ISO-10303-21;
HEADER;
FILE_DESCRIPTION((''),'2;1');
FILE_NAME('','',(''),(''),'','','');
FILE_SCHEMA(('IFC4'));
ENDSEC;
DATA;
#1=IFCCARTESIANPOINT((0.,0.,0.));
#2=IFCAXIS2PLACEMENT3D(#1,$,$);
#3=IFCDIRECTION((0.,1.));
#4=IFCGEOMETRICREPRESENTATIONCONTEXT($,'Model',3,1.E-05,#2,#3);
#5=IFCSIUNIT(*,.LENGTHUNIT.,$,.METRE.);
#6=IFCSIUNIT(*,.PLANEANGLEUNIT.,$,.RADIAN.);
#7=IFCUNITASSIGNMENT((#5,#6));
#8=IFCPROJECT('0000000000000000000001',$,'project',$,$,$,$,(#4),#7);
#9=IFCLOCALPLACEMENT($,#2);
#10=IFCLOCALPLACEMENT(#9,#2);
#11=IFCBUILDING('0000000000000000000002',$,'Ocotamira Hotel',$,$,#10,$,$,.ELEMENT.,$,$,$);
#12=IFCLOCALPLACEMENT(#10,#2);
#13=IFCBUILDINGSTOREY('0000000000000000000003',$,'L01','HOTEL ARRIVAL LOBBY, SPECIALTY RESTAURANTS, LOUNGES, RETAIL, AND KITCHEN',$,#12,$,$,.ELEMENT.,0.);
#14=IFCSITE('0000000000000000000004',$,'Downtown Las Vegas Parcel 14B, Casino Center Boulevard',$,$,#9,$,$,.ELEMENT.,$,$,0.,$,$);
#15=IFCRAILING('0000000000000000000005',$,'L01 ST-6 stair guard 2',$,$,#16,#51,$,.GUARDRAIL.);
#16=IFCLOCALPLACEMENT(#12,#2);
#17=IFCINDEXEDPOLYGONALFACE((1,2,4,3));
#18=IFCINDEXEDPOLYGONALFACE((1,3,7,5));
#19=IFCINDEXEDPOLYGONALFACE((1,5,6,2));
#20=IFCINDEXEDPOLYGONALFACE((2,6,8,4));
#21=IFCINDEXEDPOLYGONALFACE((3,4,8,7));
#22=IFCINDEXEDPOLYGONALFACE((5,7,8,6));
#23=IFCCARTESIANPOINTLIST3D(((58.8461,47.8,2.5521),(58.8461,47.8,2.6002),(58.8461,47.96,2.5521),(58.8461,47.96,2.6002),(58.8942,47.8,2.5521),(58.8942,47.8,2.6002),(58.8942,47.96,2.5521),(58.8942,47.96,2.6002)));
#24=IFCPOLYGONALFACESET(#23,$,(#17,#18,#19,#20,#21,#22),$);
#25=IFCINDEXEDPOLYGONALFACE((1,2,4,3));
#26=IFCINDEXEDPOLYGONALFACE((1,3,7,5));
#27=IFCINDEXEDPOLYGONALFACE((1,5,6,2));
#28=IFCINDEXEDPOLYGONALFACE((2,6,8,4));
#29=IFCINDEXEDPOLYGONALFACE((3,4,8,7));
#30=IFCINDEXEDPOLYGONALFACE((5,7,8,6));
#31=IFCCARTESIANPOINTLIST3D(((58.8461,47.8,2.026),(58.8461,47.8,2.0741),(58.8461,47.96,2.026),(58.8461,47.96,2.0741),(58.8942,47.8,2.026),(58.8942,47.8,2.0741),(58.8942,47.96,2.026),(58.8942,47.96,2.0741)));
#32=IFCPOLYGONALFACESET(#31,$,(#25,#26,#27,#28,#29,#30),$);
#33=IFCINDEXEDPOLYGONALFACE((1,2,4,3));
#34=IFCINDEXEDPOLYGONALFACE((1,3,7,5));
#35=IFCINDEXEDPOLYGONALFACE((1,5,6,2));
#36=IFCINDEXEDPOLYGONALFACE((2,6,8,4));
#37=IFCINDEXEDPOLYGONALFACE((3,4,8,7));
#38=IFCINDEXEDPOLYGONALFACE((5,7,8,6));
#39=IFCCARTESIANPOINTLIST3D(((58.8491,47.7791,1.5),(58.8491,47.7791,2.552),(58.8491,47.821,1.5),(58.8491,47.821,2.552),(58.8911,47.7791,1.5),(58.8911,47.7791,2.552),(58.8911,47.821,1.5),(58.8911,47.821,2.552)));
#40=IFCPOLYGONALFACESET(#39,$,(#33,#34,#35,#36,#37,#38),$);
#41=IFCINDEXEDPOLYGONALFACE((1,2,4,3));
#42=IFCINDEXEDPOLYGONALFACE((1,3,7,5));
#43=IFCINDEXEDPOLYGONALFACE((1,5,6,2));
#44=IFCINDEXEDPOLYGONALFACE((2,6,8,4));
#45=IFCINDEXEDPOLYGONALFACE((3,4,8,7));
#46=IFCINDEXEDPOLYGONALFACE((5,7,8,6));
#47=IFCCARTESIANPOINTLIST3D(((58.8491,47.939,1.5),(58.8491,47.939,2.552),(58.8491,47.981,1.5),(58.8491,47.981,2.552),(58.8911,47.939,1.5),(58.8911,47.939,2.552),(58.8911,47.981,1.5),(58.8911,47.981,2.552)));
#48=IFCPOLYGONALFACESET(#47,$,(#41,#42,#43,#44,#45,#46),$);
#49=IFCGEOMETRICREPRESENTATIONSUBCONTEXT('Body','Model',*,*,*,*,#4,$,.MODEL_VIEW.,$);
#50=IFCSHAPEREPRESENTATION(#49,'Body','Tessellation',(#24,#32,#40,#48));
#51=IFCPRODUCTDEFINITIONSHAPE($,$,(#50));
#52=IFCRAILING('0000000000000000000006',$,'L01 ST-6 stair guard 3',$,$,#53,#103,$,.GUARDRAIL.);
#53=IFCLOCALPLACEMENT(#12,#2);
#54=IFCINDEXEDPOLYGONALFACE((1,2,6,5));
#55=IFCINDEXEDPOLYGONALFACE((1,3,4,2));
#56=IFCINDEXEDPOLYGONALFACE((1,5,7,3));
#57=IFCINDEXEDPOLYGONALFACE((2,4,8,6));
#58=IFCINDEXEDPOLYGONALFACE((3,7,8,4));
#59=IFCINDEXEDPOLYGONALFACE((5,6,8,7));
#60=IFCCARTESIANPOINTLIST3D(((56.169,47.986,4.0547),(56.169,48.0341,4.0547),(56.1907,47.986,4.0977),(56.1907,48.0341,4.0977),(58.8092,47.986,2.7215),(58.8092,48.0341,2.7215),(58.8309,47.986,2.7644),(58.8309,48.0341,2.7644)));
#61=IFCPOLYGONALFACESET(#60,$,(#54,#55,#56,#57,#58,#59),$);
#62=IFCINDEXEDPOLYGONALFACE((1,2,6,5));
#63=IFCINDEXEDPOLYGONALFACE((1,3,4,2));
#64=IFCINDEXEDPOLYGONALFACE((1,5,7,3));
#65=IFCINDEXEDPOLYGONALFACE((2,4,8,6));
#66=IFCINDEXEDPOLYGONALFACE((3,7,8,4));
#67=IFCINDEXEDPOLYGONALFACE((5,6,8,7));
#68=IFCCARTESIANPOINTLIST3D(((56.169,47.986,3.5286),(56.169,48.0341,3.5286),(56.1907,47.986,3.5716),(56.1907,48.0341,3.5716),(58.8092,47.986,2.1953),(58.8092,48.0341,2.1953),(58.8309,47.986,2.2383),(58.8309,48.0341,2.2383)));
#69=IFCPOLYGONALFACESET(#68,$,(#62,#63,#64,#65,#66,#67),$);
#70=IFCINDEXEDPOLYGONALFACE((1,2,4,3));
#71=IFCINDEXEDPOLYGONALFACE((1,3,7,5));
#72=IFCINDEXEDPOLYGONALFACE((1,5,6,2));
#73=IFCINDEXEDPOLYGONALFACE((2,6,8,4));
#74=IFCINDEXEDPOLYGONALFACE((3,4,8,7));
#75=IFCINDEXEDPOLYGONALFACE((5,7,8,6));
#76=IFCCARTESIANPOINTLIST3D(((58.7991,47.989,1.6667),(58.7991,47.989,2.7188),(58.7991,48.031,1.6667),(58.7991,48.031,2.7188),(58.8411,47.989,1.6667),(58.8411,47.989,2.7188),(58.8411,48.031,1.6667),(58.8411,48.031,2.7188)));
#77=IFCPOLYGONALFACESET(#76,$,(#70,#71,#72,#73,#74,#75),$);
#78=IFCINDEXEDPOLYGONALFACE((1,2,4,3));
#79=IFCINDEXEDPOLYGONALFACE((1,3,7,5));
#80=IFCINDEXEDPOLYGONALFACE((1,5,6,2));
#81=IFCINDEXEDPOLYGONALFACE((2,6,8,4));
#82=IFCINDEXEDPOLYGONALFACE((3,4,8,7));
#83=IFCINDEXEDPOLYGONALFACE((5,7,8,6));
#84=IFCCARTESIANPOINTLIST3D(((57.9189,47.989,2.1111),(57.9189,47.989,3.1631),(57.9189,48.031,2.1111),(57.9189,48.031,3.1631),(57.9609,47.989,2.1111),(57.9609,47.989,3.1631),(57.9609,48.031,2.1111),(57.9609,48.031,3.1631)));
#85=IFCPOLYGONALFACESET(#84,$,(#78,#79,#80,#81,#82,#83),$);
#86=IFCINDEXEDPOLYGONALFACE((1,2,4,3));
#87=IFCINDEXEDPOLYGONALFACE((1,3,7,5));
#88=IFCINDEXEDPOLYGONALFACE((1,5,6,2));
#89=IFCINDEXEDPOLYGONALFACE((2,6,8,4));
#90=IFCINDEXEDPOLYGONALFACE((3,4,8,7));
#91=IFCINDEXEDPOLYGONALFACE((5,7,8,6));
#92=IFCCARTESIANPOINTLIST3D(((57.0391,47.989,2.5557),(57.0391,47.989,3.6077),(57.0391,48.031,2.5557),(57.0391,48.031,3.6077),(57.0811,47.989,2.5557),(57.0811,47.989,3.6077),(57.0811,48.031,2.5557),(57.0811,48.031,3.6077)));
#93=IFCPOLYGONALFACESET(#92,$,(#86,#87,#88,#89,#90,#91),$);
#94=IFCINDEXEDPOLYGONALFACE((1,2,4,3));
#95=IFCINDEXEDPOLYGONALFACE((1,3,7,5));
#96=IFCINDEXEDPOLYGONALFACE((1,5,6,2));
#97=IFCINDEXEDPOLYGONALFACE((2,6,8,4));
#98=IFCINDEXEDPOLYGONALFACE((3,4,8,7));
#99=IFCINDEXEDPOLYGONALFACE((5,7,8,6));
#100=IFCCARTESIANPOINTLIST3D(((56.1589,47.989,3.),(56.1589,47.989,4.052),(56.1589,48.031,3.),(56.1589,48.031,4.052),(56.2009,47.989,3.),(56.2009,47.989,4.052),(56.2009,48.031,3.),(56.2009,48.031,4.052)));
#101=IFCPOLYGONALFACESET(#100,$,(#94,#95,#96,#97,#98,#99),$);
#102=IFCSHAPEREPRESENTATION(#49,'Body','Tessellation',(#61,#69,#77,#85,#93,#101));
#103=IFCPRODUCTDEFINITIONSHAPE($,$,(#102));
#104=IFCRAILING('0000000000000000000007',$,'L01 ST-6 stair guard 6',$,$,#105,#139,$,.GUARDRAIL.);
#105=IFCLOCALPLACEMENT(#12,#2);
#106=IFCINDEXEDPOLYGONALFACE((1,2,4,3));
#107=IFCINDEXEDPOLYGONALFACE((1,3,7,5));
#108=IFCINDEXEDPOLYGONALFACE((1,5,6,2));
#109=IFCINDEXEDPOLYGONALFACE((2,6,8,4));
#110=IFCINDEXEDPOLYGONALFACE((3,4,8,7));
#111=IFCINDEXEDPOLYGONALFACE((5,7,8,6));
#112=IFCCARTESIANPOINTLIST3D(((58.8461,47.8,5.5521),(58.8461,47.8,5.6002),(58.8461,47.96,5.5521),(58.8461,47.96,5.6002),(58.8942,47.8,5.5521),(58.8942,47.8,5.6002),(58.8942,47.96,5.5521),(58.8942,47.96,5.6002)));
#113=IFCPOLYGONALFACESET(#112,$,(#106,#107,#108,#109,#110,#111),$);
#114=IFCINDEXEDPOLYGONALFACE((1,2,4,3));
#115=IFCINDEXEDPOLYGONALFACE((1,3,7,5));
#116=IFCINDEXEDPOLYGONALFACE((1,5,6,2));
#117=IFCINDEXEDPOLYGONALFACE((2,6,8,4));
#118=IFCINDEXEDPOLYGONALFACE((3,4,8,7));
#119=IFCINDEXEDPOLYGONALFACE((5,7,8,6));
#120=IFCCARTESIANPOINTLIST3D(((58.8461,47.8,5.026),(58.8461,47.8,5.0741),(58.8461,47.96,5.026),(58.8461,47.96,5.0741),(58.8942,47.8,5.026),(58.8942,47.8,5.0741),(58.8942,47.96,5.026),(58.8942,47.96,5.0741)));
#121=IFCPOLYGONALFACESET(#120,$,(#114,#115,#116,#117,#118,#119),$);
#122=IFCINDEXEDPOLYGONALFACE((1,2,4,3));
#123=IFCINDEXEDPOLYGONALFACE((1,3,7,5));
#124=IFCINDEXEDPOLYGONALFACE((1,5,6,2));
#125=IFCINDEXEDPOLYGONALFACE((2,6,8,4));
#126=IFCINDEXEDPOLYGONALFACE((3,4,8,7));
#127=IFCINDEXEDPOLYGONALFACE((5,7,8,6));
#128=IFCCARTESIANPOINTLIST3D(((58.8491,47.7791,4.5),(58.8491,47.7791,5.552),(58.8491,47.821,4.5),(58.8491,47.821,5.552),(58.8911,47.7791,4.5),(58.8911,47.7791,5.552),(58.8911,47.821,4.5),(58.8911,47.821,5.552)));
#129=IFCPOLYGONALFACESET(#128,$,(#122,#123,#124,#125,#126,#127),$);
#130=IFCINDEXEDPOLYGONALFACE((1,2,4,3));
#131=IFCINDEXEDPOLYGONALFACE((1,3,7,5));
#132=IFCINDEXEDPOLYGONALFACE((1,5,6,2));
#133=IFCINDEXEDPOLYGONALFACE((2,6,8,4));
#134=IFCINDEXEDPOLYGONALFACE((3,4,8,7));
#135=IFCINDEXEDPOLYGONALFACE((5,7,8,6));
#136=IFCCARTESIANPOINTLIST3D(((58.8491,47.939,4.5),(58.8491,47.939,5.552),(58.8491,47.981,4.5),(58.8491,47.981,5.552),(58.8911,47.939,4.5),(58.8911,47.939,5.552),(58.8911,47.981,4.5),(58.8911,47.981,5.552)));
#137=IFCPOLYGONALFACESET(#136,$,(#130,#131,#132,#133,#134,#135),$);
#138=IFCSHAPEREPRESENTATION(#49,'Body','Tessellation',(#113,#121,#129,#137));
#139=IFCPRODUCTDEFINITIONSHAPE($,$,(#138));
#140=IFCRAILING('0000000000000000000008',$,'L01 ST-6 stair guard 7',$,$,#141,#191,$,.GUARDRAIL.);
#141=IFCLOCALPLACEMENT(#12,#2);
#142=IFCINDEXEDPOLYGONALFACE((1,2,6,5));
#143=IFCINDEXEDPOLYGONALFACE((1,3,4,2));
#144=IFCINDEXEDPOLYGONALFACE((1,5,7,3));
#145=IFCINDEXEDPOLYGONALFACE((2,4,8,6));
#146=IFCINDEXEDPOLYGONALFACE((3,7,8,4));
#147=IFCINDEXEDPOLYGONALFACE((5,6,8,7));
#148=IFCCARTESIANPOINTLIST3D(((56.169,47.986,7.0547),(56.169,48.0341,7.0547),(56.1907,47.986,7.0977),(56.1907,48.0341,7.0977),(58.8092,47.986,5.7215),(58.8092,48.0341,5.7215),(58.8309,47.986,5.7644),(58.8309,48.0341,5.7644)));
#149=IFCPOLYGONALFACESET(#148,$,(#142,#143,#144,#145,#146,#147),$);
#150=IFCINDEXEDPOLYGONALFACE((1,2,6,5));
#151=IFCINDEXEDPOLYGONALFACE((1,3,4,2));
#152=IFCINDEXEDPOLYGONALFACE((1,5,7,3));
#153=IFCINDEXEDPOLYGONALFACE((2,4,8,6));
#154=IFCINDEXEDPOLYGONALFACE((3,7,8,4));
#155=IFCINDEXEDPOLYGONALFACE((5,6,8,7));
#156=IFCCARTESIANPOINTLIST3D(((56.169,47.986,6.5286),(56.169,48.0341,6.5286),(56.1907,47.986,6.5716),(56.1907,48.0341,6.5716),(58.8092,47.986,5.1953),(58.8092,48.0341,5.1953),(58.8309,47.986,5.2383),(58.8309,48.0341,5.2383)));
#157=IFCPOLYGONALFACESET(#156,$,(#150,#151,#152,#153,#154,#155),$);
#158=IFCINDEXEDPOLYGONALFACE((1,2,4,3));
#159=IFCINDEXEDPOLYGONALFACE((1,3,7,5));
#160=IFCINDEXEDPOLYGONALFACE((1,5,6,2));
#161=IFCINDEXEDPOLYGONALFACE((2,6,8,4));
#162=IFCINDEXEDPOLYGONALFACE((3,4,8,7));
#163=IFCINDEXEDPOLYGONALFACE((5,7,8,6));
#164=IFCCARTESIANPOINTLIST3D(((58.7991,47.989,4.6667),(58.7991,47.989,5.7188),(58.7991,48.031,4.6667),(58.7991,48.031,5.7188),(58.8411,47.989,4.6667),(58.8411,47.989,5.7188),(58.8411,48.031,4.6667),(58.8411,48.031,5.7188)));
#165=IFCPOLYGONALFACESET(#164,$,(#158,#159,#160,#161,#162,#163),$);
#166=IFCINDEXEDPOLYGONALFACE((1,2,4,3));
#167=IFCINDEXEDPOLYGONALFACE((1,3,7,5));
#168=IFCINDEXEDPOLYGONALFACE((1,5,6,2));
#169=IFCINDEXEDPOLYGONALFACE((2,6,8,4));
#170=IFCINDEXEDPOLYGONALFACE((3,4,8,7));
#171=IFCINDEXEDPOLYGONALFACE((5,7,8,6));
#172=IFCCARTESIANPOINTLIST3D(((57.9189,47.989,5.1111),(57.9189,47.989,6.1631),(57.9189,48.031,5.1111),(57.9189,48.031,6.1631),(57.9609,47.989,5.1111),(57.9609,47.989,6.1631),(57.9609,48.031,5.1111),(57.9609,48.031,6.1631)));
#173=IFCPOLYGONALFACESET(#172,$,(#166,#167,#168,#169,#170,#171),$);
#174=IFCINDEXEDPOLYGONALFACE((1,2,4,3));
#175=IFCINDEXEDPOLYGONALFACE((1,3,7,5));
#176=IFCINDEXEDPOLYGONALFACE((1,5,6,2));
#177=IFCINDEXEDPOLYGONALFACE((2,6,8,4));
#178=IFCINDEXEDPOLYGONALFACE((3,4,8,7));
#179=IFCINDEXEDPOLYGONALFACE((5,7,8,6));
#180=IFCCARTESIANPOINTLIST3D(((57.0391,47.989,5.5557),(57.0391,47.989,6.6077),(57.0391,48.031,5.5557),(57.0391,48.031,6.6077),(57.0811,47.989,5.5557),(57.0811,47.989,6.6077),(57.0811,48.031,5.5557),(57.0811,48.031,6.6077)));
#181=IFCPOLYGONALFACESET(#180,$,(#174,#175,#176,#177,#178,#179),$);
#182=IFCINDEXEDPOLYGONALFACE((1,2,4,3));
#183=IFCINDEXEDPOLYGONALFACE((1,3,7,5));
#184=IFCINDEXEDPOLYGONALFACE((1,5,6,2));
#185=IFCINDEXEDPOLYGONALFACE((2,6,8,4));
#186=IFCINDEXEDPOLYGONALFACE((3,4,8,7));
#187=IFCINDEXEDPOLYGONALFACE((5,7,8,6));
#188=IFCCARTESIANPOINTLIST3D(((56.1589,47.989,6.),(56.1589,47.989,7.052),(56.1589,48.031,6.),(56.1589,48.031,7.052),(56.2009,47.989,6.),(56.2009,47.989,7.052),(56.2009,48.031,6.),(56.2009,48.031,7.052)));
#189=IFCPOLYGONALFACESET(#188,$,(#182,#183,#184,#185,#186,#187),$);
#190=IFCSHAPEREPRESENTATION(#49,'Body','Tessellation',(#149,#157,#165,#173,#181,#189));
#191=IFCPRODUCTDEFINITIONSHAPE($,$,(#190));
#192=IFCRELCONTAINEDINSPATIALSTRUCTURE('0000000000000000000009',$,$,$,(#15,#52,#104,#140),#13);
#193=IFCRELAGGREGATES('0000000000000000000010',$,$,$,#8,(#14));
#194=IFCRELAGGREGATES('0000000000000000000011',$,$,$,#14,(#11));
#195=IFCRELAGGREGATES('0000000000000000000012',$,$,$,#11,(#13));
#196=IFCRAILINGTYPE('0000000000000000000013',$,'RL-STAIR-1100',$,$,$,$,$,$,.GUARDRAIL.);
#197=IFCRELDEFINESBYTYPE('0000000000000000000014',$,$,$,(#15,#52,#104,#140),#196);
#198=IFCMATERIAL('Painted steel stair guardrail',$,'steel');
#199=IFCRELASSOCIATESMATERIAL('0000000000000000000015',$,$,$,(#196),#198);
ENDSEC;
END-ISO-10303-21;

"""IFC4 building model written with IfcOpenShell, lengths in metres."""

from ifc_helpers import new_model, si_unit, direction, frame, origin, origin_2d, place, context, subcontext, project, spatial, rectangle, extrude, material, type_object, element, save


model = new_model("IFC4")

# Units and contexts
model_context = context("Model", 3, precision=1e-05, world=origin(), true_north=direction((0.0, 1.0)))
body_context = subcontext(model_context, "Body", "Model", "MODEL_VIEW")
ifc_project = project(units=[si_unit("LENGTHUNIT", "METRE"), si_unit("PLANEANGLEUNIT", "RADIAN")], contexts=[model_context])

# Site, building, storey
site_placement = place(None, origin())
site = spatial("IfcSite", under=ifc_project, at=site_placement, Name="Downtown Las Vegas Parcel 14B, Casino Center Boulevard", CompositionType="ELEMENT", RefElevation=0.0)
building_placement = place(site_placement, origin())
building = spatial("IfcBuilding", under=site, at=building_placement, Name="Ocotamira Hotel", CompositionType="ELEMENT")
storey_placement = place(building_placement, origin())
storey = spatial("IfcBuildingStorey", under=building, at=storey_placement, Name="L01", Description="HOTEL ARRIVAL LOBBY, SPECIALTY RESTAURANTS, LOUNGES, RETAIL, AND KITCHEN", CompositionType="ELEMENT", Elevation=0.0)

# Railings
ifc_material_1 = material(Name="Painted steel stair guardrail", Category="steel")
railing_type_1 = type_object("IfcRailingType", Name="RL-STAIR-1100", PredefinedType="GUARDRAIL", material=ifc_material_1)
railing_1_placement = place(storey_placement, frame((58.8701, 47.8, 1.5)))
element("IfcRailing", 1, at=railing_1_placement, inside=storey, type_object=railing_type_1, Name="L01 ST-6 stair guard 2", PredefinedType="GUARDRAIL", context=body_context, shape_type="SweptSolid", body=[
    extrude(rectangle(XDim=0.0481, YDim=0.0481, at=origin_2d()), frame((0.0, 0.0, 1.0762), z_axis=(0.0, 1.0, 0.0), x_axis=(-1.0, 0.0, 0.0)), (0.0, 0.0, 1.0), 0.1599),
    extrude(rectangle(XDim=0.0481, YDim=0.0481, at=origin_2d()), frame((0.0, 0.0, 0.55), z_axis=(0.0, 1.0, 0.0), x_axis=(-1.0, 0.0, 0.0)), (0.0, 0.0, 1.0), 0.1599),
    extrude(rectangle(XDim=0.042, YDim=0.042, at=origin_2d()), origin(), (0.0, 0.0, 1.0), 1.052),
    extrude(rectangle(XDim=0.042, YDim=0.042, at=origin_2d()), frame((0.0, 0.1599, 0.0)), (0.0, 0.0, 1.0), 1.052),
])
railing_2_placement = place(storey_placement, frame((58.8201, 48.01, 1.6667)))
element("IfcRailing", 2, at=railing_2_placement, inside=storey, type_object=railing_type_1, Name="L01 ST-6 stair guard 3", PredefinedType="GUARDRAIL", context=body_context, shape_type="SweptSolid", body=[
    extrude(rectangle(XDim=0.0481, YDim=0.0481, at=origin_2d()), frame((0.0, 0.0, 1.0762), z_axis=(-0.892637, 0.0, 0.450776), x_axis=(0.0, -1.0, 0.0)), (0.0, 0.0, 1.0), 2.9578),
    extrude(rectangle(XDim=0.0481, YDim=0.0481, at=origin_2d()), frame((0.0, 0.0, 0.55), z_axis=(-0.892637, 0.0, 0.450776), x_axis=(0.0, -1.0, 0.0)), (0.0, 0.0, 1.0), 2.9578),
    extrude(rectangle(XDim=0.042, YDim=0.042, at=origin_2d()), origin(), (0.0, 0.0, 1.0), 1.052),
    extrude(rectangle(XDim=0.042, YDim=0.042, at=origin_2d()), frame((-0.8801, 0.0, 0.4443)), (0.0, 0.0, 1.0), 1.052),
    extrude(rectangle(XDim=0.042, YDim=0.042, at=origin_2d()), frame((-1.76, 0.0, 0.8889)), (0.0, 0.0, 1.0), 1.052),
    extrude(rectangle(XDim=0.042, YDim=0.042, at=origin_2d()), frame((-2.6401, 0.0, 1.3333)), (0.0, 0.0, 1.0), 1.052),
])
railing_3_placement = place(storey_placement, frame((58.8701, 47.8, 4.5)))
element("IfcRailing", 3, at=railing_3_placement, inside=storey, type_object=railing_type_1, Name="L01 ST-6 stair guard 6", PredefinedType="GUARDRAIL", context=body_context, shape_type="SweptSolid", body=[
    extrude(rectangle(XDim=0.0481, YDim=0.0481, at=origin_2d()), frame((0.0, 0.0, 1.0762), z_axis=(0.0, 1.0, 0.0), x_axis=(-1.0, 0.0, 0.0)), (0.0, 0.0, 1.0), 0.1599),
    extrude(rectangle(XDim=0.0481, YDim=0.0481, at=origin_2d()), frame((0.0, 0.0, 0.55), z_axis=(0.0, 1.0, 0.0), x_axis=(-1.0, 0.0, 0.0)), (0.0, 0.0, 1.0), 0.1599),
    extrude(rectangle(XDim=0.042, YDim=0.042, at=origin_2d()), origin(), (0.0, 0.0, 1.0), 1.052),
    extrude(rectangle(XDim=0.042, YDim=0.042, at=origin_2d()), frame((0.0, 0.1599, 0.0)), (0.0, 0.0, 1.0), 1.052),
])
railing_4_placement = place(storey_placement, frame((58.8201, 48.01, 4.6667)))
element("IfcRailing", 4, at=railing_4_placement, inside=storey, type_object=railing_type_1, Name="L01 ST-6 stair guard 7", PredefinedType="GUARDRAIL", context=body_context, shape_type="SweptSolid", body=[
    extrude(rectangle(XDim=0.0481, YDim=0.0481, at=origin_2d()), frame((0.0, 0.0, 1.0762), z_axis=(-0.892637, 0.0, 0.450776), x_axis=(0.0, -1.0, 0.0)), (0.0, 0.0, 1.0), 2.9578),
    extrude(rectangle(XDim=0.0481, YDim=0.0481, at=origin_2d()), frame((0.0, 0.0, 0.55), z_axis=(-0.892637, 0.0, 0.450776), x_axis=(0.0, -1.0, 0.0)), (0.0, 0.0, 1.0), 2.9578),
    extrude(rectangle(XDim=0.042, YDim=0.042, at=origin_2d()), origin(), (0.0, 0.0, 1.0), 1.052),
    extrude(rectangle(XDim=0.042, YDim=0.042, at=origin_2d()), frame((-0.8801, 0.0, 0.4443)), (0.0, 0.0, 1.0), 1.052),
    extrude(rectangle(XDim=0.042, YDim=0.042, at=origin_2d()), frame((-1.76, 0.0, 0.8889)), (0.0, 0.0, 1.0), 1.052),
    extrude(rectangle(XDim=0.042, YDim=0.042, at=origin_2d()), frame((-2.6401, 0.0, 1.3333)), (0.0, 0.0, 1.0), 1.052),
])

save(model, "model.ifc")
